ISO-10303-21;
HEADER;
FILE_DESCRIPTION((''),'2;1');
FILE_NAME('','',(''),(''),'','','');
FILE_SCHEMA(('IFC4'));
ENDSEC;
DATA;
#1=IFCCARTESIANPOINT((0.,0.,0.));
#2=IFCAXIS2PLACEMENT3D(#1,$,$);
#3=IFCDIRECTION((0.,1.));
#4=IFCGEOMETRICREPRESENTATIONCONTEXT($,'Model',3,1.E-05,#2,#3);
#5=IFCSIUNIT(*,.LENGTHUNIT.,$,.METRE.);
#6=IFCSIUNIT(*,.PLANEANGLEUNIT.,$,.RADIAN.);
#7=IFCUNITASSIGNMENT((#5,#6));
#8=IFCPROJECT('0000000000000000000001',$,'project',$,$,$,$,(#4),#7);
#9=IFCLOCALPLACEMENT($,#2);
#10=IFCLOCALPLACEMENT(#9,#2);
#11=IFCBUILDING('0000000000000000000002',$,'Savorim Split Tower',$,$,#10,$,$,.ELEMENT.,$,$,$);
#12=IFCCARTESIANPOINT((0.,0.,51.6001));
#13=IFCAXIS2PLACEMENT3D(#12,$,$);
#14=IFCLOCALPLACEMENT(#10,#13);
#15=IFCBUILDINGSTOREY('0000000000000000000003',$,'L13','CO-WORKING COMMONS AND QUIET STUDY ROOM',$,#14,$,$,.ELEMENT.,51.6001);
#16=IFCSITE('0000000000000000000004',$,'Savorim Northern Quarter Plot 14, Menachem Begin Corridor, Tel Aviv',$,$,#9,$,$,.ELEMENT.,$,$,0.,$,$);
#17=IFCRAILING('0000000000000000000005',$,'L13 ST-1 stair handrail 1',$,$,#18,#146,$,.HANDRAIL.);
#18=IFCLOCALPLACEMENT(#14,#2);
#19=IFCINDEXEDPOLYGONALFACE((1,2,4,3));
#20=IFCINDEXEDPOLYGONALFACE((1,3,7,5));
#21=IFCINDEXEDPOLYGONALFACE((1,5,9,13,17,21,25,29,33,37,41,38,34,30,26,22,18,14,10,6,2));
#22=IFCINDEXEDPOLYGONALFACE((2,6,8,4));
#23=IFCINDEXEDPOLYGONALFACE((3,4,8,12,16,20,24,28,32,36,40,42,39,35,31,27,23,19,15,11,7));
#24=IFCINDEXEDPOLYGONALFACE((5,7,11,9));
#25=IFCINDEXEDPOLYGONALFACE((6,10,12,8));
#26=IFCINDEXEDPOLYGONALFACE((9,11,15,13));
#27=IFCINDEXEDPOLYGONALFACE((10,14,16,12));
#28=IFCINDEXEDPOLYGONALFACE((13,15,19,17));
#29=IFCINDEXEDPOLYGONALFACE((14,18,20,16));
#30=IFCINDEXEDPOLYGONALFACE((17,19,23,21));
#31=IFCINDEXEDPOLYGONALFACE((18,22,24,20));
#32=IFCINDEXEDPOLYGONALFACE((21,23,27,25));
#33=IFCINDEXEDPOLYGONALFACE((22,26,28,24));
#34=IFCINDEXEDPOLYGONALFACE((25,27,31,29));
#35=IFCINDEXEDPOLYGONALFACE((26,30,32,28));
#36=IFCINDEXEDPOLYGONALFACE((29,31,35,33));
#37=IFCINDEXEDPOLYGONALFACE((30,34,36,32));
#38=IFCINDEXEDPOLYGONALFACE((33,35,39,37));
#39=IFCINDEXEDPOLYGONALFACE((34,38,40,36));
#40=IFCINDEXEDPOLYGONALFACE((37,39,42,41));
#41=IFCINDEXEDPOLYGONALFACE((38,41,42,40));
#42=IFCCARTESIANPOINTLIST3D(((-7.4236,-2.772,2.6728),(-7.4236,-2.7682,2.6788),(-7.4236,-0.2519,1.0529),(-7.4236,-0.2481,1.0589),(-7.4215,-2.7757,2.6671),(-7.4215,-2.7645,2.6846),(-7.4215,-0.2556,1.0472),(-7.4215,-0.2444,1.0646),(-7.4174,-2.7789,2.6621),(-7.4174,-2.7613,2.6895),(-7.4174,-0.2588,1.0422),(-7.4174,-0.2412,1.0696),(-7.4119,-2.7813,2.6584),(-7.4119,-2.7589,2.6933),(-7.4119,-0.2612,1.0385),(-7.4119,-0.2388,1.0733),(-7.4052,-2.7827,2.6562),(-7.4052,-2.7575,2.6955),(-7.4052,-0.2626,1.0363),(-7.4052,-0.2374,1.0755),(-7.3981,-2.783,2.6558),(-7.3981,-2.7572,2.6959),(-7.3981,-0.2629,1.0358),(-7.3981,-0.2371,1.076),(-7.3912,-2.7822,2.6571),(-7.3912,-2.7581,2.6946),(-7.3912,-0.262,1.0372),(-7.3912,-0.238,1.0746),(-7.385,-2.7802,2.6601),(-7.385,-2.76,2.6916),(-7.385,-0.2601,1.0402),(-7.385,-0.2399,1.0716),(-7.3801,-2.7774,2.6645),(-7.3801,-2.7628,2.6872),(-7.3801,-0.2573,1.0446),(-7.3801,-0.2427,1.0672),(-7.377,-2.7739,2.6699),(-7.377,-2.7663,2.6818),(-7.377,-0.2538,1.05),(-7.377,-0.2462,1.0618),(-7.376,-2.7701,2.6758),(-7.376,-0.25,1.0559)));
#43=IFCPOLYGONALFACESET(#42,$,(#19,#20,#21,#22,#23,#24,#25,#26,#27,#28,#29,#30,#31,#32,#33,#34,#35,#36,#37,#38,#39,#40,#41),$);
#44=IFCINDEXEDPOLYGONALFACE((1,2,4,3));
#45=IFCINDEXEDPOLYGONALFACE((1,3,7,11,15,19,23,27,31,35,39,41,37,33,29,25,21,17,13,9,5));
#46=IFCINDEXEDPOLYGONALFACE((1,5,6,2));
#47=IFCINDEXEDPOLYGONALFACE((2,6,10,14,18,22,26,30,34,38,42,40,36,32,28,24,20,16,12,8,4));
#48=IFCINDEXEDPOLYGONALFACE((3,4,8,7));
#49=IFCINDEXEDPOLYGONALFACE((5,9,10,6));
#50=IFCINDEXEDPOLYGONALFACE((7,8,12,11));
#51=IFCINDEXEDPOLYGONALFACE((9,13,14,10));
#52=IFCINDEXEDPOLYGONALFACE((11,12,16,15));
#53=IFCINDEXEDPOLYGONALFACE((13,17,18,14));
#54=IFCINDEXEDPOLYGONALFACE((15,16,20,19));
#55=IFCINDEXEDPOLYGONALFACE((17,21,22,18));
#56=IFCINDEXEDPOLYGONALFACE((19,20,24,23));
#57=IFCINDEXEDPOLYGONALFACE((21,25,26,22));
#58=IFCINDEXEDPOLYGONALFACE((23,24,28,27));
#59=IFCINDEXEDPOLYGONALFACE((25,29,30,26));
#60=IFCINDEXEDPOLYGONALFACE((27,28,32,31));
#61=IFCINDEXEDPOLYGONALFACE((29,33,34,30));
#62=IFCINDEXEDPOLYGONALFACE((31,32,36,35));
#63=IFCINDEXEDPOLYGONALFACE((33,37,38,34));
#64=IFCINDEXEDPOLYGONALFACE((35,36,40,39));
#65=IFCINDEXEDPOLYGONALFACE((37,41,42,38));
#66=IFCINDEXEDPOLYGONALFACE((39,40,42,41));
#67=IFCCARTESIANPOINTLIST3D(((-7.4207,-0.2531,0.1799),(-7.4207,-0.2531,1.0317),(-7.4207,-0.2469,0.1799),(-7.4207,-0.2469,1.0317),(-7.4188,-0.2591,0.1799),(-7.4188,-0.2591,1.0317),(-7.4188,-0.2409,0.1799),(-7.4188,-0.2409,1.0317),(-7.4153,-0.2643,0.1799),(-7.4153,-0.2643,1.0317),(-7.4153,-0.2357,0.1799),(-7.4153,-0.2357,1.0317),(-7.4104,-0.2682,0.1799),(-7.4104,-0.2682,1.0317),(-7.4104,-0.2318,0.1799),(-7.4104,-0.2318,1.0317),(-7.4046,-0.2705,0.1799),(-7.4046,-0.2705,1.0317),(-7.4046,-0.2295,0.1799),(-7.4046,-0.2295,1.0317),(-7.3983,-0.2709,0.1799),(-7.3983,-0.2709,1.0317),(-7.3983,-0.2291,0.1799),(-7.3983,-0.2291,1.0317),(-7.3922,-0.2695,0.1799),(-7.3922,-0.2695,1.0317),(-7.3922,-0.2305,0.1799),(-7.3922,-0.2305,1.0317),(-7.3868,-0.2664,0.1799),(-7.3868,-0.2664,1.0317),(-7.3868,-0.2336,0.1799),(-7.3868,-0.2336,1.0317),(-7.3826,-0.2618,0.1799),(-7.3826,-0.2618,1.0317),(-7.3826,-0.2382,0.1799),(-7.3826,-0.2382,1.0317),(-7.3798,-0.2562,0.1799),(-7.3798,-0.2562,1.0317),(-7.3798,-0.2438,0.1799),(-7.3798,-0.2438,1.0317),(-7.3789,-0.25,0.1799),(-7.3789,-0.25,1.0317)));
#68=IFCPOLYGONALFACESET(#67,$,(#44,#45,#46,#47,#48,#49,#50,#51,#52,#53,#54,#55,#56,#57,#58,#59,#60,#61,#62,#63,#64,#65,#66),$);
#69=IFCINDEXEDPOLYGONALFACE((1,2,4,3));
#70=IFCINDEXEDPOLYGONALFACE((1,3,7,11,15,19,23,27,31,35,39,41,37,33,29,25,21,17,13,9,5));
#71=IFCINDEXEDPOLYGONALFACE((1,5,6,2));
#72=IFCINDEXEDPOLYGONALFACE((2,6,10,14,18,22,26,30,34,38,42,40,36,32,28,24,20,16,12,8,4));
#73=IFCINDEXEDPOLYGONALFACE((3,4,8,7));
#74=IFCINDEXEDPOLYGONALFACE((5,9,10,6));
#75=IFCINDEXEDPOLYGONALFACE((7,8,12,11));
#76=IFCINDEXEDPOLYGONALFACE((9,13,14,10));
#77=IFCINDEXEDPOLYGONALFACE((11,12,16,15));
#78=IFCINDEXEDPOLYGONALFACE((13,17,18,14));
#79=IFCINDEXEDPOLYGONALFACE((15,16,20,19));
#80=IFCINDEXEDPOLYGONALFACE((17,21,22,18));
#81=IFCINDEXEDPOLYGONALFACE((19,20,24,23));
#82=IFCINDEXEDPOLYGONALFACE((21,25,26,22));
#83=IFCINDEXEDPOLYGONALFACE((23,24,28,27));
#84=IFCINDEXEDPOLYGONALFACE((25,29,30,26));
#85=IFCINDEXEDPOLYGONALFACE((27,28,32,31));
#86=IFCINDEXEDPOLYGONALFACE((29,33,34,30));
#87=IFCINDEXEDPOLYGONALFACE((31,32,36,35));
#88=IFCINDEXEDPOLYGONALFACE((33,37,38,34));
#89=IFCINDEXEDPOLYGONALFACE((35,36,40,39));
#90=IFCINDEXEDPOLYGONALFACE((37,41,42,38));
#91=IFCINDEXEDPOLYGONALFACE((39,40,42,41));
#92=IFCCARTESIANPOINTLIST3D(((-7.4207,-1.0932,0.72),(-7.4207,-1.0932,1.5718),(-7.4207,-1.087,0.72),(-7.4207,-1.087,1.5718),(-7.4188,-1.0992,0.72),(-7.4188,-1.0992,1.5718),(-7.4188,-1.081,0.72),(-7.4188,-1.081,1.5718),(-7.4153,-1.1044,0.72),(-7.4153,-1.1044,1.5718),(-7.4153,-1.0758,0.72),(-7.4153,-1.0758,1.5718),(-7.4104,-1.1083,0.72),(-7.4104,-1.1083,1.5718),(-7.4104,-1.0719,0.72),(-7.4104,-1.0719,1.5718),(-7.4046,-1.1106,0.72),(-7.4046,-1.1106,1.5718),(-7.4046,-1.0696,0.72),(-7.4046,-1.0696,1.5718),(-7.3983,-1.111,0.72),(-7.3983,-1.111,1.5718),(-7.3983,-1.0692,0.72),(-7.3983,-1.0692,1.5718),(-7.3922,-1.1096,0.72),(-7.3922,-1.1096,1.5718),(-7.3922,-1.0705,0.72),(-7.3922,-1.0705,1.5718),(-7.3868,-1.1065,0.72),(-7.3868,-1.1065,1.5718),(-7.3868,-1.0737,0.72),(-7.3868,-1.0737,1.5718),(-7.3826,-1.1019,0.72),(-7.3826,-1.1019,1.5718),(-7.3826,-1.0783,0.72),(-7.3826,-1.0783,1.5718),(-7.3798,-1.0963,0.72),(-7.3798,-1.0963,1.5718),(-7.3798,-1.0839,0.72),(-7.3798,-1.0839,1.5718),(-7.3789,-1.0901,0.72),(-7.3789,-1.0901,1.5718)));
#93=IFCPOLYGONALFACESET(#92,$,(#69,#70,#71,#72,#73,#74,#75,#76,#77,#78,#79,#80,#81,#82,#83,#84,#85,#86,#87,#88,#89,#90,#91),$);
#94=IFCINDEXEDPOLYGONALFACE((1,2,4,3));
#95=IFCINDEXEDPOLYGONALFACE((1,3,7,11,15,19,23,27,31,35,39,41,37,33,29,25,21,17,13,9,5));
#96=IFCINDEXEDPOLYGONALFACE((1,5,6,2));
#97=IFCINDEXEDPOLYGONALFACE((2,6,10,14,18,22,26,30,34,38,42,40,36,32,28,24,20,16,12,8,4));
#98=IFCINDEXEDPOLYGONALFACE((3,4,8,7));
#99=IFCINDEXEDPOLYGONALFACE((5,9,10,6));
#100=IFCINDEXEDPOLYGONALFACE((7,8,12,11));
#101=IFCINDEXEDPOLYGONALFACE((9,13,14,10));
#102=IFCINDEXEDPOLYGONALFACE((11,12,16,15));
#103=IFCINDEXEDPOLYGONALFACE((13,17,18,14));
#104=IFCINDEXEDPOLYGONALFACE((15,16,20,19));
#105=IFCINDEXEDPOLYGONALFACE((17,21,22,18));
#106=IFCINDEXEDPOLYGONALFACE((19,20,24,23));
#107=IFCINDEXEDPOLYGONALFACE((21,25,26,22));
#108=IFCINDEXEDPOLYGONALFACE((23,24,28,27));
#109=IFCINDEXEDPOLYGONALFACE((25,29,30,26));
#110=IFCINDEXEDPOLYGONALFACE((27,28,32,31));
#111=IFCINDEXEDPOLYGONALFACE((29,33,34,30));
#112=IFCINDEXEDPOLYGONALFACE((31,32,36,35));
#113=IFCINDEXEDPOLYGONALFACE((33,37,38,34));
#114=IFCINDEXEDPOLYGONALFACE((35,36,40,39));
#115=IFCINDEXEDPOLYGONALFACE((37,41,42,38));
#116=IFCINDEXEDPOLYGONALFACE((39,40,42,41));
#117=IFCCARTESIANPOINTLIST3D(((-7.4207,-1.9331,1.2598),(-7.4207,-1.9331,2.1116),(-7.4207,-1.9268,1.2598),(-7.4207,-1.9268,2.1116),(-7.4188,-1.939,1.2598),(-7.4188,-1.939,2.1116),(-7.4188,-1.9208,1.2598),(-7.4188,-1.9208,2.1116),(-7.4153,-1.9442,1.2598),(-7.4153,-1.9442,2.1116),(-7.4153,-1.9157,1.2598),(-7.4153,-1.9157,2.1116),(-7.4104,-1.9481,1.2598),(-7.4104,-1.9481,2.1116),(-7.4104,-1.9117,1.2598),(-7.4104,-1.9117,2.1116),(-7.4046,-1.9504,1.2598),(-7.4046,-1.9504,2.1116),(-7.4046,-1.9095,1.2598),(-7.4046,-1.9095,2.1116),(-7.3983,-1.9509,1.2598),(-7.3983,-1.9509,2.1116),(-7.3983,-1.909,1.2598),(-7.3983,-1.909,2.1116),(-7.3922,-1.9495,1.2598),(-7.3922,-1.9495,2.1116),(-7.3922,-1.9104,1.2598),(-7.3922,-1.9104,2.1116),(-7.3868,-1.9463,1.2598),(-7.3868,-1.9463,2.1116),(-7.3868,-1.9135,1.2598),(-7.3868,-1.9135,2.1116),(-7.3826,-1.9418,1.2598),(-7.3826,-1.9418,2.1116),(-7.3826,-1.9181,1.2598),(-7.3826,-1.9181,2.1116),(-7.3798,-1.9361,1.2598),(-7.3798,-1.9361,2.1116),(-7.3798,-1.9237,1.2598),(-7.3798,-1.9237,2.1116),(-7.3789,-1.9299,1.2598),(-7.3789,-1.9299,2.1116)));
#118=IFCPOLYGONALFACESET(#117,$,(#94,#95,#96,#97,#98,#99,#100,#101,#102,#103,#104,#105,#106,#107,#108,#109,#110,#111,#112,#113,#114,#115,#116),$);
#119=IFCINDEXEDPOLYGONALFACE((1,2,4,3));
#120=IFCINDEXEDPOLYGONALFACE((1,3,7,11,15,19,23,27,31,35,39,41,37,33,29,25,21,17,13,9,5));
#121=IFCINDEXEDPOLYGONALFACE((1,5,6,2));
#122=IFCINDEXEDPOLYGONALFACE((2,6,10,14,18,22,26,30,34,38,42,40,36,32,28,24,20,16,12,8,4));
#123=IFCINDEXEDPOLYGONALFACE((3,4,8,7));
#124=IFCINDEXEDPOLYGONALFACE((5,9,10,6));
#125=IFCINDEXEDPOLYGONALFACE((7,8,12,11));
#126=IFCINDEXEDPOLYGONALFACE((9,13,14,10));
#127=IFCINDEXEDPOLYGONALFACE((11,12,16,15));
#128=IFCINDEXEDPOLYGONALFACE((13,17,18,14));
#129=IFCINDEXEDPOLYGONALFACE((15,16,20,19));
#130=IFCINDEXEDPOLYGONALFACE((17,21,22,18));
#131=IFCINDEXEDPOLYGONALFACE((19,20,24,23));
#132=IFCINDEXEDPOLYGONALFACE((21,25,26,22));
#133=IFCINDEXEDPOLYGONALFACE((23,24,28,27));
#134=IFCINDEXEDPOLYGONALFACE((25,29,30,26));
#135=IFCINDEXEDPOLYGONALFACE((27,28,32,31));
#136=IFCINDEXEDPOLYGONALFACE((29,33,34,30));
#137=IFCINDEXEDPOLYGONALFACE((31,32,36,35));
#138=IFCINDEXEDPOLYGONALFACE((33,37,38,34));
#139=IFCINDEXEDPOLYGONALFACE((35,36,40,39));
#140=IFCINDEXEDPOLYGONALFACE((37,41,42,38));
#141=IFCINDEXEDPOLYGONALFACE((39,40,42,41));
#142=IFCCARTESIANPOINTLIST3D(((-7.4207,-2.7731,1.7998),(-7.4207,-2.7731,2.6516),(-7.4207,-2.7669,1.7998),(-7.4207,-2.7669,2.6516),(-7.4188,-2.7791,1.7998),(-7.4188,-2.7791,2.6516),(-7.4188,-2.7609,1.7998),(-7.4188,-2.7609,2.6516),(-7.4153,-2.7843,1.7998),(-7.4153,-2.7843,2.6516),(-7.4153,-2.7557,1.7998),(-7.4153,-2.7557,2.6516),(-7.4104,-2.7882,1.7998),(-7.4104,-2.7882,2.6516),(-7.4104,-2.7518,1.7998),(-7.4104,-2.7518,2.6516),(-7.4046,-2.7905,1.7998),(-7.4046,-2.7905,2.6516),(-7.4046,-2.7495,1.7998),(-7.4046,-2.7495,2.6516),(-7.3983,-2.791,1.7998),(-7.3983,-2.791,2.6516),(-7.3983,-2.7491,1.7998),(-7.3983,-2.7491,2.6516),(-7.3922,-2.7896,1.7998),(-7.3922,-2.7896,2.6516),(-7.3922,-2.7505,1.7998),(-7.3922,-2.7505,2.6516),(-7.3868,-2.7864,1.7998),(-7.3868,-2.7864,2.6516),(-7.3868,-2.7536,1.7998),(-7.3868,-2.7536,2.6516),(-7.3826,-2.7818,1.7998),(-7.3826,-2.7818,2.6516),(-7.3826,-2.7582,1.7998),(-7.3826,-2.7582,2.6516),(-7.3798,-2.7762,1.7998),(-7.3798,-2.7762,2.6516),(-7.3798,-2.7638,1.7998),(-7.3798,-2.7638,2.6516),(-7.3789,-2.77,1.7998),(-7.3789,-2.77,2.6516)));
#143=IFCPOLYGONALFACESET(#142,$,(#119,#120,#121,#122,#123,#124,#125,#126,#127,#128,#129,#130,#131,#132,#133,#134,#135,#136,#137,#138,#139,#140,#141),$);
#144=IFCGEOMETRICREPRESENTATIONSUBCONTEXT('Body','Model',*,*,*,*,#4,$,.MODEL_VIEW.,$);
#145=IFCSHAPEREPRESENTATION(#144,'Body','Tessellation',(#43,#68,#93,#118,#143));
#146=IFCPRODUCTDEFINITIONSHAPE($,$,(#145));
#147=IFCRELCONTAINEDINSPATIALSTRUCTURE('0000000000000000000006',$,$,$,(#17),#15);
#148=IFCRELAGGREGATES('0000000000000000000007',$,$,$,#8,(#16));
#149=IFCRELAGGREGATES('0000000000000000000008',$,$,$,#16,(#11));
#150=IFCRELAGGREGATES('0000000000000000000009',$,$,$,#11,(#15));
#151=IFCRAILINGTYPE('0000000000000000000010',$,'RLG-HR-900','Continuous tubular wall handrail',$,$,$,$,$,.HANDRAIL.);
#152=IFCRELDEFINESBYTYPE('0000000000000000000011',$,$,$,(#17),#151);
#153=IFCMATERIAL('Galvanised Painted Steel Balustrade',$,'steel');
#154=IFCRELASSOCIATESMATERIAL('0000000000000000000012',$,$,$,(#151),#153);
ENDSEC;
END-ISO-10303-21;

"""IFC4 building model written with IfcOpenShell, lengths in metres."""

from ifc_helpers import new_model, si_unit, direction, frame, origin, origin_2d, place, context, subcontext, project, spatial, circle, extrude, material, type_object, element, save


model = new_model("IFC4")

# Units and contexts
model_context = context("Model", 3, precision=1e-05, world=origin(), true_north=direction((0.0, 1.0)))
body_context = subcontext(model_context, "Body", "Model", "MODEL_VIEW")
ifc_project = project(units=[si_unit("LENGTHUNIT", "METRE"), si_unit("PLANEANGLEUNIT", "RADIAN")], contexts=[model_context])

# Site, building, storey
site_placement = place(None, origin())
site = spatial("IfcSite", under=ifc_project, at=site_placement, Name="Savorim Northern Quarter Plot 14, Menachem Begin Corridor, Tel Aviv", CompositionType="ELEMENT", RefElevation=0.0)
building_placement = place(site_placement, origin())
building = spatial("IfcBuilding", under=site, at=building_placement, Name="Savorim Split Tower", CompositionType="ELEMENT")
storey_placement = place(building_placement, frame((0.0, 0.0, 51.6001)))
storey = spatial("IfcBuildingStorey", under=building, at=storey_placement, Name="L13", Description="CO-WORKING COMMONS AND QUIET STUDY ROOM", CompositionType="ELEMENT", Elevation=51.6001)

# Railing
ifc_material_1 = material(Name="Galvanised Painted Steel Balustrade", Category="steel")
railing_type_1 = type_object("IfcRailingType", Name="RLG-HR-900", Description="Continuous tubular wall handrail", PredefinedType="HANDRAIL", material=ifc_material_1)
railing_1_placement = place(storey_placement, frame((-7.3999, -0.25, 0.1799)))
element("IfcRailing", 1, at=railing_1_placement, inside=storey, type_object=railing_type_1, Name="L13 ST-1 stair handrail 1", PredefinedType="HANDRAIL", context=body_context, shape_type="SweptSolid", body=[
    extrude(circle(Radius=0.0239, at=origin_2d()), frame((0.0, 0.0, 0.876), z_axis=(0.0, -0.8412, 0.540725), x_axis=(1.0, 0.0, 0.0)), (0.0, 0.0, 1.0), 2.9958),
    extrude(circle(Radius=0.021, at=origin_2d()), origin(), (0.0, 0.0, 1.0), 0.8518),
    extrude(circle(Radius=0.021, at=origin_2d()), frame((0.0, -0.8401, 0.54)), (0.0, 0.0, 1.0), 0.8518),
    extrude(circle(Radius=0.021, at=origin_2d()), frame((0.0, -1.6799, 1.0798)), (0.0, 0.0, 1.0), 0.8518),
    extrude(circle(Radius=0.021, at=origin_2d()), frame((0.0, -2.52, 1.6199)), (0.0, 0.0, 1.0), 0.8518),
])

save(model, "model.ifc")
